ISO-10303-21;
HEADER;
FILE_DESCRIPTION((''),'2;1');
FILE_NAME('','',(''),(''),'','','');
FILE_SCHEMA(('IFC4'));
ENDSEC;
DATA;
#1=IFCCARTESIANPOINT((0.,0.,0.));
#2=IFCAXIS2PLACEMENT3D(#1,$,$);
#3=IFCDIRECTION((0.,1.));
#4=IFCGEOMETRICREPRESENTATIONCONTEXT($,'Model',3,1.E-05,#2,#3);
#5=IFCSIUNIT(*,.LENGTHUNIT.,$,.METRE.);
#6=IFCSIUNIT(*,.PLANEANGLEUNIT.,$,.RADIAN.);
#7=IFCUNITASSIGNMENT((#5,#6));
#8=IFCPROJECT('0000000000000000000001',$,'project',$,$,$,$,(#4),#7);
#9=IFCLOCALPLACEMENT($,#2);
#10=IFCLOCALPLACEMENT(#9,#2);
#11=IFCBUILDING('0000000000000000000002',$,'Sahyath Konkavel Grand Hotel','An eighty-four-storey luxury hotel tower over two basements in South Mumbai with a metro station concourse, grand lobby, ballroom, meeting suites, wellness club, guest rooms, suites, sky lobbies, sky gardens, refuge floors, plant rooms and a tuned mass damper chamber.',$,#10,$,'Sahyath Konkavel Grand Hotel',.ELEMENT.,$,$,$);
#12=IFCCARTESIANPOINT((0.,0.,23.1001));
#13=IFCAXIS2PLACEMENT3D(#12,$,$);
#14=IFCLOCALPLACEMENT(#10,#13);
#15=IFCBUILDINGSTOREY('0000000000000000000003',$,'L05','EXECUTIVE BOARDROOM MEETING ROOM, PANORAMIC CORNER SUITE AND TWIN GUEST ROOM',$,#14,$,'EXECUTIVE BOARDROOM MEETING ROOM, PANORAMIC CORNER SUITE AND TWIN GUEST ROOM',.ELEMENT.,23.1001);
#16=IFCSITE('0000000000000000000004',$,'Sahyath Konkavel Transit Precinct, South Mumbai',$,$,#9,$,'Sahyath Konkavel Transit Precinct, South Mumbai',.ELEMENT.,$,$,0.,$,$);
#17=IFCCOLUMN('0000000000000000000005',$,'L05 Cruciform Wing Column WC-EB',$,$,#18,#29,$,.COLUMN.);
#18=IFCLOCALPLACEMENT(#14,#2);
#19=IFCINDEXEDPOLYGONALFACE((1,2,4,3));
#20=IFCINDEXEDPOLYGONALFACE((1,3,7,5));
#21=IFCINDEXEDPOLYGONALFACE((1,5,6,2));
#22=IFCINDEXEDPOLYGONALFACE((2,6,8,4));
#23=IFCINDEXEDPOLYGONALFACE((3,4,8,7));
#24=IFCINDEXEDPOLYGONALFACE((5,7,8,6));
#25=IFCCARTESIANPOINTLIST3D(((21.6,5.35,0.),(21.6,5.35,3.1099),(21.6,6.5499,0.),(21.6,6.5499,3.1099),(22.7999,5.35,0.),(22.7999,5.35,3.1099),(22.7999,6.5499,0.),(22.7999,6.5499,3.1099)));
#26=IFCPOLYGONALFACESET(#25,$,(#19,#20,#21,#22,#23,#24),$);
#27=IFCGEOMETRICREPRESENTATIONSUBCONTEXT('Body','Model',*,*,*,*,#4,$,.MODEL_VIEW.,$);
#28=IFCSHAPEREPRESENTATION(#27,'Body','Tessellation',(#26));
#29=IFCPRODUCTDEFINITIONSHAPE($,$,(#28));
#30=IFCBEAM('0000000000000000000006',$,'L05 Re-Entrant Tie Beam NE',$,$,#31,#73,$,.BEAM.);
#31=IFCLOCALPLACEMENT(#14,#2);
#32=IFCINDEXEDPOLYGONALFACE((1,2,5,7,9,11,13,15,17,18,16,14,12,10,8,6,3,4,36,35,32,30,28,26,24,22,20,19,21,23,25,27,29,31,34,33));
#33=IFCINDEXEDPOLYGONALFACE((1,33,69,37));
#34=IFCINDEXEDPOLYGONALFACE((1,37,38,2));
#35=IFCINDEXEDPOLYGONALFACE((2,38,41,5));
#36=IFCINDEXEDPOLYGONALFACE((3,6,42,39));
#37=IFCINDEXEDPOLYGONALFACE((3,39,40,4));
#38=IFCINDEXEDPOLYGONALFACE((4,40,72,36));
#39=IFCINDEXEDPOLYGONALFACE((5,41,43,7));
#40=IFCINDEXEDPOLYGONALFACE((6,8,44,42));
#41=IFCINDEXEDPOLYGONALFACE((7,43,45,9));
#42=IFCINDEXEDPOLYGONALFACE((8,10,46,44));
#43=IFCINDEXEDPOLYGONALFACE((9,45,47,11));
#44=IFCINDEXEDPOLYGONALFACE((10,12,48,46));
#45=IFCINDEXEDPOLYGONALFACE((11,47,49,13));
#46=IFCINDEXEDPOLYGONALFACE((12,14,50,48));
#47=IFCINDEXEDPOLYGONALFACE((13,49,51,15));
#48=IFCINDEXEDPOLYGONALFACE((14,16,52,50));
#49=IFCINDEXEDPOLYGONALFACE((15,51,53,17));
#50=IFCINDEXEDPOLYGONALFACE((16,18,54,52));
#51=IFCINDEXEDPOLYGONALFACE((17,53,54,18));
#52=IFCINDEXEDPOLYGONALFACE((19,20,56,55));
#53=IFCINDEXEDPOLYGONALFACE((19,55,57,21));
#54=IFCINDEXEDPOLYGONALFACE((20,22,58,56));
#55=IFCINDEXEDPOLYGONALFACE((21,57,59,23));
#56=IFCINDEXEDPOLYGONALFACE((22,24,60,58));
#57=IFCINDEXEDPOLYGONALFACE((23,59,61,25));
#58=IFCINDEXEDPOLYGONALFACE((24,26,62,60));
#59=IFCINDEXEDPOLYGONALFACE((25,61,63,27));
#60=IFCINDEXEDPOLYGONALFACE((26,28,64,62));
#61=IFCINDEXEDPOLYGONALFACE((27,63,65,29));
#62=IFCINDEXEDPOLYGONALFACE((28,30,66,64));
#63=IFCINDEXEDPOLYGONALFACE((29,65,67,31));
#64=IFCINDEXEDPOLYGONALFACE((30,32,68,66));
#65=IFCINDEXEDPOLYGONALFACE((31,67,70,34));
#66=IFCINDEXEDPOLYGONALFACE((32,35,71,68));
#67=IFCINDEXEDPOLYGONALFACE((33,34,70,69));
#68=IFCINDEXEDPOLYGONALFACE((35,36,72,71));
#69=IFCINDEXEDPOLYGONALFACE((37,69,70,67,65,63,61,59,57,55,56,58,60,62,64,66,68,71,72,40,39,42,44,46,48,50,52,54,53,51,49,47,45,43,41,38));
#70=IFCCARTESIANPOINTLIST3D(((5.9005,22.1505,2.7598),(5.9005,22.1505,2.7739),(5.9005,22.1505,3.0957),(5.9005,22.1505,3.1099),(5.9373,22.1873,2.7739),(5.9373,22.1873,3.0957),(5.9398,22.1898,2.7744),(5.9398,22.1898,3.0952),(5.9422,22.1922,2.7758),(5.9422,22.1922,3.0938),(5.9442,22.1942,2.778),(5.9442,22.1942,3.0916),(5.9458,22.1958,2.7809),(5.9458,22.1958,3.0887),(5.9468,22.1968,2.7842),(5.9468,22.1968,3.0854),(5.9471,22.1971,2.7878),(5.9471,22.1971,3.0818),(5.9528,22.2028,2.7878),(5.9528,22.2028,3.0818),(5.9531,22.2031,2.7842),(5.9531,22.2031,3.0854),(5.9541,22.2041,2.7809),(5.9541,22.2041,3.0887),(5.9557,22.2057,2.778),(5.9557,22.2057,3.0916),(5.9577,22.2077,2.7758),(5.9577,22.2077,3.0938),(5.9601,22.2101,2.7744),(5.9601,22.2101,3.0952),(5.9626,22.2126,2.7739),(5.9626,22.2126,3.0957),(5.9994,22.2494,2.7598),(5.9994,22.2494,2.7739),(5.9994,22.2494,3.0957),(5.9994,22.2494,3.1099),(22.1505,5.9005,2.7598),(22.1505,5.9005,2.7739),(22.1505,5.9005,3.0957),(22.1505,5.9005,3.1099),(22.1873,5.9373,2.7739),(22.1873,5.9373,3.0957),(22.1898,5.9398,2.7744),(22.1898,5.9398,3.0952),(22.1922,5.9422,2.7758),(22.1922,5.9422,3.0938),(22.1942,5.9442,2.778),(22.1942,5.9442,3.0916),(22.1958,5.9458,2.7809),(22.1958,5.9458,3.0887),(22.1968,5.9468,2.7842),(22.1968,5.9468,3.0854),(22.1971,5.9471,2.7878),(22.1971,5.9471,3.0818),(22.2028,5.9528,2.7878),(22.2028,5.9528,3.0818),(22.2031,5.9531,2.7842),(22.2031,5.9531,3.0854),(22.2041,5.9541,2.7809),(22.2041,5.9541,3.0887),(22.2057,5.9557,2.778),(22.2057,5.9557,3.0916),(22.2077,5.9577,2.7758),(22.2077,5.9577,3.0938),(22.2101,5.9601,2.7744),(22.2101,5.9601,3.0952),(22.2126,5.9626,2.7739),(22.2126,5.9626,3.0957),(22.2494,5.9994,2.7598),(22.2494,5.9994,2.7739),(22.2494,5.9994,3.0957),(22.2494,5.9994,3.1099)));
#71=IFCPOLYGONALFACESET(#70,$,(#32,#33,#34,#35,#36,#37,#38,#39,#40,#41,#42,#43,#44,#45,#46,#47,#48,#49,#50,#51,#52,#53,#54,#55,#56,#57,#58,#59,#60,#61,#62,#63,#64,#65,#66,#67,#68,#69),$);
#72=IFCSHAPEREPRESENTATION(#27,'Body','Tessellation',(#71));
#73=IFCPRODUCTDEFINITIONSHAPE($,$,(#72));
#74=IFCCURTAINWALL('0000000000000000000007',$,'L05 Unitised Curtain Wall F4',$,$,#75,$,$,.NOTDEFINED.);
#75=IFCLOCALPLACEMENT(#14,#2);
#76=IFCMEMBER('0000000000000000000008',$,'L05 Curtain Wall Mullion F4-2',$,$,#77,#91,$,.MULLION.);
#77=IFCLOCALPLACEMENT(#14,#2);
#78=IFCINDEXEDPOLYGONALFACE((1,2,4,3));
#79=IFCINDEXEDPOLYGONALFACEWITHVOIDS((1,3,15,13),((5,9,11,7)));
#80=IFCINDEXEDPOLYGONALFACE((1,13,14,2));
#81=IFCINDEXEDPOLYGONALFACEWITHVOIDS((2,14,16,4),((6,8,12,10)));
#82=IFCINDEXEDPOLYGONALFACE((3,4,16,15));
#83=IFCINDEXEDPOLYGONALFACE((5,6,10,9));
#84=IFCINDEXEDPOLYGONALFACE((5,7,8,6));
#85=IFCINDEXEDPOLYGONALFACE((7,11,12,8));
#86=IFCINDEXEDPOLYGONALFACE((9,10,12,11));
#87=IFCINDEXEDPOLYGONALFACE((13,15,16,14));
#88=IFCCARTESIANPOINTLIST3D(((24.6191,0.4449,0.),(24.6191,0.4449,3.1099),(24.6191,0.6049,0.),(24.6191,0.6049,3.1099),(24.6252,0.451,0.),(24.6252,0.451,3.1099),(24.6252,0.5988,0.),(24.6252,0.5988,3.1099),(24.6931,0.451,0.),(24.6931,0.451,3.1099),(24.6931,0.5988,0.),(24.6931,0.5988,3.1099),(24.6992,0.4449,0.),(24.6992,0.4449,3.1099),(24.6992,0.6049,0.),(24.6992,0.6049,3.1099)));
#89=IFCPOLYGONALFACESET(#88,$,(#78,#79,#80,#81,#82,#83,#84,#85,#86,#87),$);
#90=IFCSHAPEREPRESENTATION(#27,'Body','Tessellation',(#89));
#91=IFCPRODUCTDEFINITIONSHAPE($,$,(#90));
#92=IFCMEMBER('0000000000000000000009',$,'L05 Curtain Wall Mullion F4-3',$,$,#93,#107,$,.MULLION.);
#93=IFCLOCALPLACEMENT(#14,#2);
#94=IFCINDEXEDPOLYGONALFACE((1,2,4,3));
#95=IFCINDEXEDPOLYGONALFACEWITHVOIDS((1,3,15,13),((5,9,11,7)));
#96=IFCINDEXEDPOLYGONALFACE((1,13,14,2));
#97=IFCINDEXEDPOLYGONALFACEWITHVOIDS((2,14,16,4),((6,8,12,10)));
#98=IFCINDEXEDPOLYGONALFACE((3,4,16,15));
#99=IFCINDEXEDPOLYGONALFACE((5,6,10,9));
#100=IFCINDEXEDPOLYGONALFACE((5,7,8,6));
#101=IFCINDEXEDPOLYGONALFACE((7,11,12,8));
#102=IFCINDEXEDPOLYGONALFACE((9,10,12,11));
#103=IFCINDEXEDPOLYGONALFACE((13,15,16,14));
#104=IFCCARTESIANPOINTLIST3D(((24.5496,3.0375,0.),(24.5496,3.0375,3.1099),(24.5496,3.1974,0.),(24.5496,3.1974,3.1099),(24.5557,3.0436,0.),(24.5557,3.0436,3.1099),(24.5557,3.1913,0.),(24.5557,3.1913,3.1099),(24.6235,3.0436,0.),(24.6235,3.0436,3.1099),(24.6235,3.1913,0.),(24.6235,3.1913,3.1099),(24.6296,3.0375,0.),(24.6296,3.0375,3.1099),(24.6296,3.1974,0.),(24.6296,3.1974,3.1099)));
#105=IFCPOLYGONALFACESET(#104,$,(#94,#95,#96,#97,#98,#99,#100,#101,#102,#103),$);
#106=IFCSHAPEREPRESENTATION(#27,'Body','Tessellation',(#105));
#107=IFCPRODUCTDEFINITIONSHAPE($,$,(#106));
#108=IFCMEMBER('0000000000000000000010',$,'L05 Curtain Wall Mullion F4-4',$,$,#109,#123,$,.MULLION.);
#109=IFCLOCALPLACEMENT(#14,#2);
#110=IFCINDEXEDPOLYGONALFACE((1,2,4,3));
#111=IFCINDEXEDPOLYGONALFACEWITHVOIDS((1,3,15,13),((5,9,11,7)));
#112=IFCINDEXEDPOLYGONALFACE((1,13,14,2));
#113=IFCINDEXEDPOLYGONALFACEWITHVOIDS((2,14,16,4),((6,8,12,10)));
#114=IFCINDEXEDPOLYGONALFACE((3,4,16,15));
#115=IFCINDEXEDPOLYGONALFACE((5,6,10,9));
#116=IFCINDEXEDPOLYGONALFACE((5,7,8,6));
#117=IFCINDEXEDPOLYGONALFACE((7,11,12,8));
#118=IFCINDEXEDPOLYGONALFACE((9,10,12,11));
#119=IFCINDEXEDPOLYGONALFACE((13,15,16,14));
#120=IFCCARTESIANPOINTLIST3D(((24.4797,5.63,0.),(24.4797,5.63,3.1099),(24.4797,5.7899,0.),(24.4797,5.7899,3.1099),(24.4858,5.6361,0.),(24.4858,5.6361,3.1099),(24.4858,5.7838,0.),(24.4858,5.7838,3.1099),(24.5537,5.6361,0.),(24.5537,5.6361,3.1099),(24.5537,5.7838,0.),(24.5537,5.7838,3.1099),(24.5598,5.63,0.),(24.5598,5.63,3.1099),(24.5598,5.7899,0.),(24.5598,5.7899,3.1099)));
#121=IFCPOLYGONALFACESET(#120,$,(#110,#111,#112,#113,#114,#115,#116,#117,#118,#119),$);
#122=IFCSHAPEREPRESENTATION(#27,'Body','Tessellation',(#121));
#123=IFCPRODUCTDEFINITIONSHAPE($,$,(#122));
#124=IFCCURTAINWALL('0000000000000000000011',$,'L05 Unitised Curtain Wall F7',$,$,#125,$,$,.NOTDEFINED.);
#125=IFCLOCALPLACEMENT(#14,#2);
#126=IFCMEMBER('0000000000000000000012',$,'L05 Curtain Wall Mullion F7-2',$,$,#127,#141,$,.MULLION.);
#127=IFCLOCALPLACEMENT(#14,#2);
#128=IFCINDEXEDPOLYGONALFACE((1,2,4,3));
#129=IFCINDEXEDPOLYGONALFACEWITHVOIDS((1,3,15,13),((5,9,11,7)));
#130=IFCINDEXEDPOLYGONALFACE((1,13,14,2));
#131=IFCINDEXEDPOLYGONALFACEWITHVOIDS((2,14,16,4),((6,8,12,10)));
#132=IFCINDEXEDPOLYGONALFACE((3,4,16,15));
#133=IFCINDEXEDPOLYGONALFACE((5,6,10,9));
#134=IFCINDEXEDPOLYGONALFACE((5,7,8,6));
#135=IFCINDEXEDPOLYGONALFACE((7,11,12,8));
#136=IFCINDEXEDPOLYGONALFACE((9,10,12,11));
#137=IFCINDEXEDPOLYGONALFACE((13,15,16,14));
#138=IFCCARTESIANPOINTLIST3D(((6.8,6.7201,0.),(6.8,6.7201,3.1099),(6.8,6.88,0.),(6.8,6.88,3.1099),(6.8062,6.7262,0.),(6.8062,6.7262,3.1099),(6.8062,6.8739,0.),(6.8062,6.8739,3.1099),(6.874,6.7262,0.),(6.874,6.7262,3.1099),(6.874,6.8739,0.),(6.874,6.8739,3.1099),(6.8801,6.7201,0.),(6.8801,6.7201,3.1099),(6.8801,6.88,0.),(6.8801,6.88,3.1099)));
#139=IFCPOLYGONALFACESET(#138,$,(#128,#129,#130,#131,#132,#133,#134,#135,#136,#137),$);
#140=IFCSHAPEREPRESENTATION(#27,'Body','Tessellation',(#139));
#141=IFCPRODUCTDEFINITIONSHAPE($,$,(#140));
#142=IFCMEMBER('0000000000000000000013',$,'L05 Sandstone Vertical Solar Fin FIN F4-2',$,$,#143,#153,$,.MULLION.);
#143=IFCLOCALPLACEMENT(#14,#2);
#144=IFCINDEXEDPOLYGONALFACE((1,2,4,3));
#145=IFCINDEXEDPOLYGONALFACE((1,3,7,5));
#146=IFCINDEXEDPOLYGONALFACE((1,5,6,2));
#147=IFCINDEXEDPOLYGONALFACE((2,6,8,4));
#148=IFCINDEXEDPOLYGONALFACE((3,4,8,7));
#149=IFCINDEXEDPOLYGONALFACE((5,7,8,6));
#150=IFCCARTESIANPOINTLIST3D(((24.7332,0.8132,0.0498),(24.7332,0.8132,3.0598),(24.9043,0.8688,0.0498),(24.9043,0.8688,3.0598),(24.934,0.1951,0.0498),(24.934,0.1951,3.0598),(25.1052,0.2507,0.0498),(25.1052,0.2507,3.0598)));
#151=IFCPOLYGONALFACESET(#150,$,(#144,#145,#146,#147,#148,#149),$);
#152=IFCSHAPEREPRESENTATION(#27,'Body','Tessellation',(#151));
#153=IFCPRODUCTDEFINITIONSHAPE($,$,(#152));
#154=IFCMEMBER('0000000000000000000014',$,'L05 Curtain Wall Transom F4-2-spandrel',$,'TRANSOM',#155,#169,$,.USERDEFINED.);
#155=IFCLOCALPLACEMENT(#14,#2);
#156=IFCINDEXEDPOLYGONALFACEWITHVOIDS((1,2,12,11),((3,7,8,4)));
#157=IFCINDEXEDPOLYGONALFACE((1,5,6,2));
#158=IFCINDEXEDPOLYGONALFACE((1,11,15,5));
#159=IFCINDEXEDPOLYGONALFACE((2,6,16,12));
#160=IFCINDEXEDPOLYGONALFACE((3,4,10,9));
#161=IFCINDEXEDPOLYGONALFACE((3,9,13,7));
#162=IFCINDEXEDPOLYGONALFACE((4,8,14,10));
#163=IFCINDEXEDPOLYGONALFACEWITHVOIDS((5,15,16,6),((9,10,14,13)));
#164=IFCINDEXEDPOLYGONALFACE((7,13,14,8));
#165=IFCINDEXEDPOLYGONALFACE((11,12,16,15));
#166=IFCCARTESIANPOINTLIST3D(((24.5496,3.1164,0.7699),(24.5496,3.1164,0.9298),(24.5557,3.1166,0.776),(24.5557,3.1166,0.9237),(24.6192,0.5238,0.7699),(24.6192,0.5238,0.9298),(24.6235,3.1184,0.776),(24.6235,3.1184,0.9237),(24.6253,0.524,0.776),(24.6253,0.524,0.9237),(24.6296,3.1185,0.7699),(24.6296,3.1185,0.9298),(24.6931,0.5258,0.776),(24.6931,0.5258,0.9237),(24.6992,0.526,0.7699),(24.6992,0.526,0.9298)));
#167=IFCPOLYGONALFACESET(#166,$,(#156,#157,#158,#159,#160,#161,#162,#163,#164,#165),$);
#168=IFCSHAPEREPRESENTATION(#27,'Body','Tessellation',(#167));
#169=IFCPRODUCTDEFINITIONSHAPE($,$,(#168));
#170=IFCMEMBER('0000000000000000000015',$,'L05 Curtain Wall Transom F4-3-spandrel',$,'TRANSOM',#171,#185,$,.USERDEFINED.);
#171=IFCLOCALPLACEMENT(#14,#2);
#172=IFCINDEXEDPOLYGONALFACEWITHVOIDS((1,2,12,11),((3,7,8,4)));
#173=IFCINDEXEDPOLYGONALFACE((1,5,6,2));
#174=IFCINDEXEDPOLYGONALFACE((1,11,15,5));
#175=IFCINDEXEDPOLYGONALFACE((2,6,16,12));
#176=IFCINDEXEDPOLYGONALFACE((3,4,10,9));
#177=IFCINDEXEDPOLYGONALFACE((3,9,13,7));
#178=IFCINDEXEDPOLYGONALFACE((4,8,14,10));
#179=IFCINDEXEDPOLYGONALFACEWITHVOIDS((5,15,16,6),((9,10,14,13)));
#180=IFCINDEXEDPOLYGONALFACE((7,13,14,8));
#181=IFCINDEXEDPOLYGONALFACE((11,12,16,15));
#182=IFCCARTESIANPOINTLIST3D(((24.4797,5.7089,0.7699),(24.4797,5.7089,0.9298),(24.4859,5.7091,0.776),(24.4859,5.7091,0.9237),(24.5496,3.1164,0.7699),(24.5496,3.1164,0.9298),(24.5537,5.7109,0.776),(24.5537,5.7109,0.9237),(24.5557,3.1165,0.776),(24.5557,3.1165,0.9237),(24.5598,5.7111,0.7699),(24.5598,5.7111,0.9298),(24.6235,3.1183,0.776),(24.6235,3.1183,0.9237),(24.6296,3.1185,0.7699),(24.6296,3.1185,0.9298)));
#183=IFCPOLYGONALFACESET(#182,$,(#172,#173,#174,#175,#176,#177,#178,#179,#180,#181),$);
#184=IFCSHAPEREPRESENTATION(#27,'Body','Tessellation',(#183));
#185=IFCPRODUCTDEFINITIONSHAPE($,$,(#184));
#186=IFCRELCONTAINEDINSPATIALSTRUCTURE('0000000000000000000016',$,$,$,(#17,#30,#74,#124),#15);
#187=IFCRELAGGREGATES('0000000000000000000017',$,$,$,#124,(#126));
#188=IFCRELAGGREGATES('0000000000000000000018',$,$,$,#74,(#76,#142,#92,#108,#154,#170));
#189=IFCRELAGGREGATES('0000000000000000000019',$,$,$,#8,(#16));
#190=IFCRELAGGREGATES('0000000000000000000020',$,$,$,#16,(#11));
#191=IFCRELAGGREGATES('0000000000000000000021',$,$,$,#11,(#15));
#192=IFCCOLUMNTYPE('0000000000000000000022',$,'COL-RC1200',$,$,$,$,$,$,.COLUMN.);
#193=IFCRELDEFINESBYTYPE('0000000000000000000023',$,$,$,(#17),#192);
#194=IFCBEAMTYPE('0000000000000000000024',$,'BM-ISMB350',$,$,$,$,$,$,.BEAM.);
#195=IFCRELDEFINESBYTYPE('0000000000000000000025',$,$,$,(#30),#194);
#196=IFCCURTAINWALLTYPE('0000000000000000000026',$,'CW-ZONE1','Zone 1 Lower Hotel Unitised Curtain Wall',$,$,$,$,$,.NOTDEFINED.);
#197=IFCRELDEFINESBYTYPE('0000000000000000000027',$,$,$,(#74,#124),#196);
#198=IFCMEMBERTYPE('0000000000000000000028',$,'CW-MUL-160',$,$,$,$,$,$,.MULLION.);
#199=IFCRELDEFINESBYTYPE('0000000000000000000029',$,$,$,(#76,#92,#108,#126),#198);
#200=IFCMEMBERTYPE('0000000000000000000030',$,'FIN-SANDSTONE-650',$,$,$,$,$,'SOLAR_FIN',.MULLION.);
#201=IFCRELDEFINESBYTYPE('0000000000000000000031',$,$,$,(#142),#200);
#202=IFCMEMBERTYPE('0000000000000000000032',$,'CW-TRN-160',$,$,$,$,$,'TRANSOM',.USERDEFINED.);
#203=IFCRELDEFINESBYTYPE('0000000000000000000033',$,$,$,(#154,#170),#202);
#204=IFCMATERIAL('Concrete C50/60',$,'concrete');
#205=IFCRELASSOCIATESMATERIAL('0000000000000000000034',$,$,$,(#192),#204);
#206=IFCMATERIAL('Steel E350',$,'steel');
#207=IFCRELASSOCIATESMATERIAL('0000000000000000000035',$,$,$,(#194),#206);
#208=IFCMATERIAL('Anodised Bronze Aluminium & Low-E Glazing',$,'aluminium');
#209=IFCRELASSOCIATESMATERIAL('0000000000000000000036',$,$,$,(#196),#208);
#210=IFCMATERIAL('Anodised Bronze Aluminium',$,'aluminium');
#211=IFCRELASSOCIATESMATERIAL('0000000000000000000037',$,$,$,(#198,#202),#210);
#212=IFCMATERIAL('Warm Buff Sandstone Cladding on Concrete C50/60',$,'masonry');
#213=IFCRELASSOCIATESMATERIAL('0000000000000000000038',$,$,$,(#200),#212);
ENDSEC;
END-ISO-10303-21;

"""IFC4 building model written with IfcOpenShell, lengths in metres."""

from ifc_helpers import new_model, si_unit, direction, frame, origin, origin_2d, place, context, subcontext, project, spatial, rectangle, hollow_rectangle, i_section, extrude, source, transform, mapped, material, material_profile, profile_set, type_object, element, aggregate, save


model = new_model("IFC4")

# Units and contexts
model_context = context("Model", 3, precision=1e-05, world=origin(), true_north=direction((0.0, 1.0)))
body_context = subcontext(model_context, "Body", "Model", "MODEL_VIEW")
ifc_project = project(units=[si_unit("LENGTHUNIT", "METRE"), si_unit("PLANEANGLEUNIT", "RADIAN")], contexts=[model_context])

# Site, building, storey
site_placement = place(None, origin())
site = spatial("IfcSite", under=ifc_project, at=site_placement, Name="Sahyath Konkavel Transit Precinct, South Mumbai", LongName="Sahyath Konkavel Transit Precinct, South Mumbai", CompositionType="ELEMENT", RefElevation=0.0)
building_placement = place(site_placement, origin())
building = spatial("IfcBuilding", under=site, at=building_placement, Name="Sahyath Konkavel Grand Hotel", Description="An eighty-four-storey luxury hotel tower over two basements in South Mumbai with a metro station concourse, grand lobby, ballroom, meeting suites, wellness club, guest rooms, suites, sky lobbies, sky gardens, refuge floors, plant rooms and a tuned mass damper chamber.", LongName="Sahyath Konkavel Grand Hotel", CompositionType="ELEMENT")
storey_placement = place(building_placement, frame((0.0, 0.0, 23.1001)))
storey = spatial("IfcBuildingStorey", under=building, at=storey_placement, Name="L05", Description="EXECUTIVE BOARDROOM MEETING ROOM, PANORAMIC CORNER SUITE AND TWIN GUEST ROOM", LongName="EXECUTIVE BOARDROOM MEETING ROOM, PANORAMIC CORNER SUITE AND TWIN GUEST ROOM", CompositionType="ELEMENT", Elevation=23.1001)

# Column
ifc_material_1 = material(Name="Concrete C50/60", Category="concrete")
ifc_material_profile_1 = material_profile(ifc_material_1, rectangle(XDim=1.2, YDim=1.2, at=origin_2d()), Name="RC 1200x1200")
ifc_profile_set_1 = profile_set([ifc_material_profile_1], Name="Concrete C50/60")
column_type = type_object("IfcColumnType", Name="COL-RC1200", PredefinedType="COLUMN", material=ifc_profile_set_1)
shared_shape_1 = source(origin(), body_context, "Body", "SweptSolid", [
    extrude(rectangle(XDim=1.2, YDim=1.2, at=origin_2d()), origin(), (0.0, 0.0, 1.0), 3.1099),
])
column_placement = place(storey_placement, frame((22.2, 5.95, 0.0), z_axis=(0.0, 0.0, 1.0), x_axis=(1.0, 0.0, 0.0)))
element("IfcColumn", 1, at=column_placement, inside=storey, type_object=column_type, Name="L05 Cruciform Wing Column WC-EB", PredefinedType="COLUMN", context=body_context, shape_type="MappedRepresentation", body=[
    mapped(shared_shape_1, transform((0.0, 0.0, 0.0), scale=1.0)),
])

# Beam
ifc_material_2 = material(Name="Steel E350", Category="steel")
ifc_material_profile_2 = material_profile(ifc_material_2, i_section(OverallWidth=0.1399, OverallDepth=0.3501, WebThickness=0.0081, FlangeThickness=0.0142, FilletRadius=0.0139, at=origin_2d()), Name="ISMB 350")
ifc_profile_set_2 = profile_set([ifc_material_profile_2], Name="Steel E350")
beam_type = type_object("IfcBeamType", Name="BM-ISMB350", PredefinedType="BEAM", material=ifc_profile_set_2)
shared_shape_2 = source(origin(), body_context, "Body", "SweptSolid", [
    extrude(i_section(OverallWidth=0.1399, OverallDepth=0.3501, WebThickness=0.0081, FlangeThickness=0.0142, FilletRadius=0.0139, at=origin_2d()), origin(), (0.0, 0.0, 1.0), 22.981),
])
beam_placement = place(storey_placement, frame((22.2, 5.95, 2.9348), z_axis=(-0.707107, 0.707107, 0.0), x_axis=(-0.707107, -0.707107, 0.0)))
element("IfcBeam", 2, at=beam_placement, inside=storey, type_object=beam_type, Name="L05 Re-Entrant Tie Beam NE", PredefinedType="BEAM", context=body_context, shape_type="MappedRepresentation", body=[
    mapped(shared_shape_2, transform((0.0, 0.0, 0.0), scale=1.0)),
])

# Curtain wall, members
ifc_material_3 = material(Name="Anodised Bronze Aluminium & Low-E Glazing", Category="aluminium")
curtain_wall_type = type_object("IfcCurtainWallType", Name="CW-ZONE1", Description="Zone 1 Lower Hotel Unitised Curtain Wall", PredefinedType="NOTDEFINED", material=ifc_material_3)
curtain_wall_1_placement = place(storey_placement, origin())
curtain_wall_1 = element("IfcCurtainWall", 3, at=curtain_wall_1_placement, inside=storey, type_object=curtain_wall_type, Name="L05 Unitised Curtain Wall F4", PredefinedType="NOTDEFINED")
ifc_material_4 = material(Name="Anodised Bronze Aluminium", Category="aluminium")
ifc_material_profile_3 = material_profile(ifc_material_4, hollow_rectangle(XDim=0.0801, YDim=0.1599, WallThickness=0.0061, at=origin_2d()), Name="RHS 160x80x6")
ifc_profile_set_3 = profile_set([ifc_material_profile_3], Name="Anodised Bronze Aluminium")
member_type_1 = type_object("IfcMemberType", Name="CW-MUL-160", PredefinedType="MULLION", material=ifc_profile_set_3)
shared_shape_3 = source(origin(), body_context, "Body", "SweptSolid", [
    extrude(hollow_rectangle(XDim=0.0801, YDim=0.1599, WallThickness=0.0061, at=origin_2d()), origin(), (0.0, 0.0, 1.0), 3.1099),
])
member_1_placement = place(storey_placement, frame((24.6592, 0.5249, 0.0), z_axis=(0.0, 0.0, 1.0), x_axis=(1.0, 0.0, 0.0)))
member_1 = element("IfcMember", 4, at=member_1_placement, type_object=member_type_1, Name="L05 Curtain Wall Mullion F4-2", PredefinedType="MULLION", context=body_context, shape_type="MappedRepresentation", body=[
    mapped(shared_shape_3, transform((0.0, 0.0, 0.0), scale=1.0)),
])
member_2_placement = place(storey_placement, frame((24.5896, 3.1174, 0.0), z_axis=(0.0, 0.0, 1.0), x_axis=(1.0, 0.0, 0.0)))
member_2 = element("IfcMember", 5, at=member_2_placement, type_object=member_type_1, Name="L05 Curtain Wall Mullion F4-3", PredefinedType="MULLION", context=body_context, shape_type="MappedRepresentation", body=[
    mapped(shared_shape_3, transform((0.0, 0.0, 0.0), scale=1.0)),
])
member_3_placement = place(storey_placement, frame((24.5198, 5.71, 0.0), z_axis=(0.0, 0.0, 1.0), x_axis=(1.0, 0.0, 0.0)))
member_3 = element("IfcMember", 6, at=member_3_placement, type_object=member_type_1, Name="L05 Curtain Wall Mullion F4-4", PredefinedType="MULLION", context=body_context, shape_type="MappedRepresentation", body=[
    mapped(shared_shape_3, transform((0.0, 0.0, 0.0), scale=1.0)),
])

# Curtain wall, member
curtain_wall_2_placement = place(storey_placement, origin())
curtain_wall_2 = element("IfcCurtainWall", 7, at=curtain_wall_2_placement, inside=storey, type_object=curtain_wall_type, Name="L05 Unitised Curtain Wall F7", PredefinedType="NOTDEFINED")
member_4_placement = place(storey_placement, frame((6.8401, 6.8, 0.0), z_axis=(0.0, 0.0, 1.0), x_axis=(1.0, 0.0, 0.0)))
member_4 = element("IfcMember", 8, at=member_4_placement, type_object=member_type_1, Name="L05 Curtain Wall Mullion F7-2", PredefinedType="MULLION", context=body_context, shape_type="MappedRepresentation", body=[
    mapped(shared_shape_3, transform((0.0, 0.0, 0.0), scale=1.0)),
])
aggregate(curtain_wall_2, [member_4])

# Members
ifc_material_5 = material(Name="Warm Buff Sandstone Cladding on Concrete C50/60", Category="masonry")
ifc_material_profile_4 = material_profile(ifc_material_5, rectangle(XDim=0.1799, YDim=0.6499, at=origin_2d()), Name="FIN 180x650")
ifc_profile_set_4 = profile_set([ifc_material_profile_4], Name="Warm Buff Sandstone Cladding on Concrete C50/60")
member_type_2 = type_object("IfcMemberType", Name="FIN-SANDSTONE-650", ElementType="SOLAR_FIN", PredefinedType="MULLION", material=ifc_profile_set_4)
shared_shape_4 = source(origin(), body_context, "Body", "SweptSolid", [
    extrude(rectangle(XDim=0.1799, YDim=0.6499, at=origin_2d()), origin(), (0.0, 0.0, 1.0), 3.01),
])
member_5_placement = place(storey_placement, frame((24.9192, 0.532, 0.0498), z_axis=(0.0, 0.0, 1.0), x_axis=(0.951057, 0.309017, 0.0)))
member_5 = element("IfcMember", 9, at=member_5_placement, type_object=member_type_2, Name="L05 Sandstone Vertical Solar Fin FIN F4-2", PredefinedType="MULLION", context=body_context, shape_type="MappedRepresentation", body=[
    mapped(shared_shape_4, transform((0.0, 0.0, 0.0), scale=1.0)),
])
ifc_material_profile_5 = material_profile(ifc_material_4, hollow_rectangle(XDim=0.0801, YDim=0.1599, WallThickness=0.0061, at=origin_2d()), Name="RHS 160x80x6")
ifc_profile_set_5 = profile_set([ifc_material_profile_5], Name="Anodised Bronze Aluminium")
member_type_3 = type_object("IfcMemberType", Name="CW-TRN-160", ElementType="TRANSOM", PredefinedType="USERDEFINED", material=ifc_profile_set_5)
shared_shape_5 = source(origin(), body_context, "Body", "SweptSolid", [
    extrude(hollow_rectangle(XDim=0.0801, YDim=0.1599, WallThickness=0.0061, at=origin_2d()), origin(), (0.0, 0.0, 1.0), 2.5935),
])
member_6_placement = place(storey_placement, frame((24.6592, 0.5249, 0.8499), z_axis=(-0.026829, 0.99964, 0.0), x_axis=(-0.99964, -0.026829, 0.0)))
member_6 = element("IfcMember", 10, at=member_6_placement, type_object=member_type_3, Name="L05 Curtain Wall Transom F4-2-spandrel", ObjectType="TRANSOM", PredefinedType="USERDEFINED", context=body_context, shape_type="MappedRepresentation", body=[
    mapped(shared_shape_5, transform((0.0, 0.0, 0.0), scale=1.0)),
])
member_7_placement = place(storey_placement, frame((24.5896, 3.1174, 0.8499), z_axis=(-0.026923, 0.999638, 0.0), x_axis=(-0.999638, -0.026923, 0.0)))
member_7 = element("IfcMember", 11, at=member_7_placement, type_object=member_type_3, Name="L05 Curtain Wall Transom F4-3-spandrel", ObjectType="TRANSOM", PredefinedType="USERDEFINED", context=body_context, shape_type="MappedRepresentation", body=[
    mapped(shared_shape_5, transform((0.0, 0.0, 0.0), scale=1.0)),
])

aggregate(curtain_wall_1, [member_1, member_5, member_2, member_3, member_6, member_7])

save(model, "model.ifc")
